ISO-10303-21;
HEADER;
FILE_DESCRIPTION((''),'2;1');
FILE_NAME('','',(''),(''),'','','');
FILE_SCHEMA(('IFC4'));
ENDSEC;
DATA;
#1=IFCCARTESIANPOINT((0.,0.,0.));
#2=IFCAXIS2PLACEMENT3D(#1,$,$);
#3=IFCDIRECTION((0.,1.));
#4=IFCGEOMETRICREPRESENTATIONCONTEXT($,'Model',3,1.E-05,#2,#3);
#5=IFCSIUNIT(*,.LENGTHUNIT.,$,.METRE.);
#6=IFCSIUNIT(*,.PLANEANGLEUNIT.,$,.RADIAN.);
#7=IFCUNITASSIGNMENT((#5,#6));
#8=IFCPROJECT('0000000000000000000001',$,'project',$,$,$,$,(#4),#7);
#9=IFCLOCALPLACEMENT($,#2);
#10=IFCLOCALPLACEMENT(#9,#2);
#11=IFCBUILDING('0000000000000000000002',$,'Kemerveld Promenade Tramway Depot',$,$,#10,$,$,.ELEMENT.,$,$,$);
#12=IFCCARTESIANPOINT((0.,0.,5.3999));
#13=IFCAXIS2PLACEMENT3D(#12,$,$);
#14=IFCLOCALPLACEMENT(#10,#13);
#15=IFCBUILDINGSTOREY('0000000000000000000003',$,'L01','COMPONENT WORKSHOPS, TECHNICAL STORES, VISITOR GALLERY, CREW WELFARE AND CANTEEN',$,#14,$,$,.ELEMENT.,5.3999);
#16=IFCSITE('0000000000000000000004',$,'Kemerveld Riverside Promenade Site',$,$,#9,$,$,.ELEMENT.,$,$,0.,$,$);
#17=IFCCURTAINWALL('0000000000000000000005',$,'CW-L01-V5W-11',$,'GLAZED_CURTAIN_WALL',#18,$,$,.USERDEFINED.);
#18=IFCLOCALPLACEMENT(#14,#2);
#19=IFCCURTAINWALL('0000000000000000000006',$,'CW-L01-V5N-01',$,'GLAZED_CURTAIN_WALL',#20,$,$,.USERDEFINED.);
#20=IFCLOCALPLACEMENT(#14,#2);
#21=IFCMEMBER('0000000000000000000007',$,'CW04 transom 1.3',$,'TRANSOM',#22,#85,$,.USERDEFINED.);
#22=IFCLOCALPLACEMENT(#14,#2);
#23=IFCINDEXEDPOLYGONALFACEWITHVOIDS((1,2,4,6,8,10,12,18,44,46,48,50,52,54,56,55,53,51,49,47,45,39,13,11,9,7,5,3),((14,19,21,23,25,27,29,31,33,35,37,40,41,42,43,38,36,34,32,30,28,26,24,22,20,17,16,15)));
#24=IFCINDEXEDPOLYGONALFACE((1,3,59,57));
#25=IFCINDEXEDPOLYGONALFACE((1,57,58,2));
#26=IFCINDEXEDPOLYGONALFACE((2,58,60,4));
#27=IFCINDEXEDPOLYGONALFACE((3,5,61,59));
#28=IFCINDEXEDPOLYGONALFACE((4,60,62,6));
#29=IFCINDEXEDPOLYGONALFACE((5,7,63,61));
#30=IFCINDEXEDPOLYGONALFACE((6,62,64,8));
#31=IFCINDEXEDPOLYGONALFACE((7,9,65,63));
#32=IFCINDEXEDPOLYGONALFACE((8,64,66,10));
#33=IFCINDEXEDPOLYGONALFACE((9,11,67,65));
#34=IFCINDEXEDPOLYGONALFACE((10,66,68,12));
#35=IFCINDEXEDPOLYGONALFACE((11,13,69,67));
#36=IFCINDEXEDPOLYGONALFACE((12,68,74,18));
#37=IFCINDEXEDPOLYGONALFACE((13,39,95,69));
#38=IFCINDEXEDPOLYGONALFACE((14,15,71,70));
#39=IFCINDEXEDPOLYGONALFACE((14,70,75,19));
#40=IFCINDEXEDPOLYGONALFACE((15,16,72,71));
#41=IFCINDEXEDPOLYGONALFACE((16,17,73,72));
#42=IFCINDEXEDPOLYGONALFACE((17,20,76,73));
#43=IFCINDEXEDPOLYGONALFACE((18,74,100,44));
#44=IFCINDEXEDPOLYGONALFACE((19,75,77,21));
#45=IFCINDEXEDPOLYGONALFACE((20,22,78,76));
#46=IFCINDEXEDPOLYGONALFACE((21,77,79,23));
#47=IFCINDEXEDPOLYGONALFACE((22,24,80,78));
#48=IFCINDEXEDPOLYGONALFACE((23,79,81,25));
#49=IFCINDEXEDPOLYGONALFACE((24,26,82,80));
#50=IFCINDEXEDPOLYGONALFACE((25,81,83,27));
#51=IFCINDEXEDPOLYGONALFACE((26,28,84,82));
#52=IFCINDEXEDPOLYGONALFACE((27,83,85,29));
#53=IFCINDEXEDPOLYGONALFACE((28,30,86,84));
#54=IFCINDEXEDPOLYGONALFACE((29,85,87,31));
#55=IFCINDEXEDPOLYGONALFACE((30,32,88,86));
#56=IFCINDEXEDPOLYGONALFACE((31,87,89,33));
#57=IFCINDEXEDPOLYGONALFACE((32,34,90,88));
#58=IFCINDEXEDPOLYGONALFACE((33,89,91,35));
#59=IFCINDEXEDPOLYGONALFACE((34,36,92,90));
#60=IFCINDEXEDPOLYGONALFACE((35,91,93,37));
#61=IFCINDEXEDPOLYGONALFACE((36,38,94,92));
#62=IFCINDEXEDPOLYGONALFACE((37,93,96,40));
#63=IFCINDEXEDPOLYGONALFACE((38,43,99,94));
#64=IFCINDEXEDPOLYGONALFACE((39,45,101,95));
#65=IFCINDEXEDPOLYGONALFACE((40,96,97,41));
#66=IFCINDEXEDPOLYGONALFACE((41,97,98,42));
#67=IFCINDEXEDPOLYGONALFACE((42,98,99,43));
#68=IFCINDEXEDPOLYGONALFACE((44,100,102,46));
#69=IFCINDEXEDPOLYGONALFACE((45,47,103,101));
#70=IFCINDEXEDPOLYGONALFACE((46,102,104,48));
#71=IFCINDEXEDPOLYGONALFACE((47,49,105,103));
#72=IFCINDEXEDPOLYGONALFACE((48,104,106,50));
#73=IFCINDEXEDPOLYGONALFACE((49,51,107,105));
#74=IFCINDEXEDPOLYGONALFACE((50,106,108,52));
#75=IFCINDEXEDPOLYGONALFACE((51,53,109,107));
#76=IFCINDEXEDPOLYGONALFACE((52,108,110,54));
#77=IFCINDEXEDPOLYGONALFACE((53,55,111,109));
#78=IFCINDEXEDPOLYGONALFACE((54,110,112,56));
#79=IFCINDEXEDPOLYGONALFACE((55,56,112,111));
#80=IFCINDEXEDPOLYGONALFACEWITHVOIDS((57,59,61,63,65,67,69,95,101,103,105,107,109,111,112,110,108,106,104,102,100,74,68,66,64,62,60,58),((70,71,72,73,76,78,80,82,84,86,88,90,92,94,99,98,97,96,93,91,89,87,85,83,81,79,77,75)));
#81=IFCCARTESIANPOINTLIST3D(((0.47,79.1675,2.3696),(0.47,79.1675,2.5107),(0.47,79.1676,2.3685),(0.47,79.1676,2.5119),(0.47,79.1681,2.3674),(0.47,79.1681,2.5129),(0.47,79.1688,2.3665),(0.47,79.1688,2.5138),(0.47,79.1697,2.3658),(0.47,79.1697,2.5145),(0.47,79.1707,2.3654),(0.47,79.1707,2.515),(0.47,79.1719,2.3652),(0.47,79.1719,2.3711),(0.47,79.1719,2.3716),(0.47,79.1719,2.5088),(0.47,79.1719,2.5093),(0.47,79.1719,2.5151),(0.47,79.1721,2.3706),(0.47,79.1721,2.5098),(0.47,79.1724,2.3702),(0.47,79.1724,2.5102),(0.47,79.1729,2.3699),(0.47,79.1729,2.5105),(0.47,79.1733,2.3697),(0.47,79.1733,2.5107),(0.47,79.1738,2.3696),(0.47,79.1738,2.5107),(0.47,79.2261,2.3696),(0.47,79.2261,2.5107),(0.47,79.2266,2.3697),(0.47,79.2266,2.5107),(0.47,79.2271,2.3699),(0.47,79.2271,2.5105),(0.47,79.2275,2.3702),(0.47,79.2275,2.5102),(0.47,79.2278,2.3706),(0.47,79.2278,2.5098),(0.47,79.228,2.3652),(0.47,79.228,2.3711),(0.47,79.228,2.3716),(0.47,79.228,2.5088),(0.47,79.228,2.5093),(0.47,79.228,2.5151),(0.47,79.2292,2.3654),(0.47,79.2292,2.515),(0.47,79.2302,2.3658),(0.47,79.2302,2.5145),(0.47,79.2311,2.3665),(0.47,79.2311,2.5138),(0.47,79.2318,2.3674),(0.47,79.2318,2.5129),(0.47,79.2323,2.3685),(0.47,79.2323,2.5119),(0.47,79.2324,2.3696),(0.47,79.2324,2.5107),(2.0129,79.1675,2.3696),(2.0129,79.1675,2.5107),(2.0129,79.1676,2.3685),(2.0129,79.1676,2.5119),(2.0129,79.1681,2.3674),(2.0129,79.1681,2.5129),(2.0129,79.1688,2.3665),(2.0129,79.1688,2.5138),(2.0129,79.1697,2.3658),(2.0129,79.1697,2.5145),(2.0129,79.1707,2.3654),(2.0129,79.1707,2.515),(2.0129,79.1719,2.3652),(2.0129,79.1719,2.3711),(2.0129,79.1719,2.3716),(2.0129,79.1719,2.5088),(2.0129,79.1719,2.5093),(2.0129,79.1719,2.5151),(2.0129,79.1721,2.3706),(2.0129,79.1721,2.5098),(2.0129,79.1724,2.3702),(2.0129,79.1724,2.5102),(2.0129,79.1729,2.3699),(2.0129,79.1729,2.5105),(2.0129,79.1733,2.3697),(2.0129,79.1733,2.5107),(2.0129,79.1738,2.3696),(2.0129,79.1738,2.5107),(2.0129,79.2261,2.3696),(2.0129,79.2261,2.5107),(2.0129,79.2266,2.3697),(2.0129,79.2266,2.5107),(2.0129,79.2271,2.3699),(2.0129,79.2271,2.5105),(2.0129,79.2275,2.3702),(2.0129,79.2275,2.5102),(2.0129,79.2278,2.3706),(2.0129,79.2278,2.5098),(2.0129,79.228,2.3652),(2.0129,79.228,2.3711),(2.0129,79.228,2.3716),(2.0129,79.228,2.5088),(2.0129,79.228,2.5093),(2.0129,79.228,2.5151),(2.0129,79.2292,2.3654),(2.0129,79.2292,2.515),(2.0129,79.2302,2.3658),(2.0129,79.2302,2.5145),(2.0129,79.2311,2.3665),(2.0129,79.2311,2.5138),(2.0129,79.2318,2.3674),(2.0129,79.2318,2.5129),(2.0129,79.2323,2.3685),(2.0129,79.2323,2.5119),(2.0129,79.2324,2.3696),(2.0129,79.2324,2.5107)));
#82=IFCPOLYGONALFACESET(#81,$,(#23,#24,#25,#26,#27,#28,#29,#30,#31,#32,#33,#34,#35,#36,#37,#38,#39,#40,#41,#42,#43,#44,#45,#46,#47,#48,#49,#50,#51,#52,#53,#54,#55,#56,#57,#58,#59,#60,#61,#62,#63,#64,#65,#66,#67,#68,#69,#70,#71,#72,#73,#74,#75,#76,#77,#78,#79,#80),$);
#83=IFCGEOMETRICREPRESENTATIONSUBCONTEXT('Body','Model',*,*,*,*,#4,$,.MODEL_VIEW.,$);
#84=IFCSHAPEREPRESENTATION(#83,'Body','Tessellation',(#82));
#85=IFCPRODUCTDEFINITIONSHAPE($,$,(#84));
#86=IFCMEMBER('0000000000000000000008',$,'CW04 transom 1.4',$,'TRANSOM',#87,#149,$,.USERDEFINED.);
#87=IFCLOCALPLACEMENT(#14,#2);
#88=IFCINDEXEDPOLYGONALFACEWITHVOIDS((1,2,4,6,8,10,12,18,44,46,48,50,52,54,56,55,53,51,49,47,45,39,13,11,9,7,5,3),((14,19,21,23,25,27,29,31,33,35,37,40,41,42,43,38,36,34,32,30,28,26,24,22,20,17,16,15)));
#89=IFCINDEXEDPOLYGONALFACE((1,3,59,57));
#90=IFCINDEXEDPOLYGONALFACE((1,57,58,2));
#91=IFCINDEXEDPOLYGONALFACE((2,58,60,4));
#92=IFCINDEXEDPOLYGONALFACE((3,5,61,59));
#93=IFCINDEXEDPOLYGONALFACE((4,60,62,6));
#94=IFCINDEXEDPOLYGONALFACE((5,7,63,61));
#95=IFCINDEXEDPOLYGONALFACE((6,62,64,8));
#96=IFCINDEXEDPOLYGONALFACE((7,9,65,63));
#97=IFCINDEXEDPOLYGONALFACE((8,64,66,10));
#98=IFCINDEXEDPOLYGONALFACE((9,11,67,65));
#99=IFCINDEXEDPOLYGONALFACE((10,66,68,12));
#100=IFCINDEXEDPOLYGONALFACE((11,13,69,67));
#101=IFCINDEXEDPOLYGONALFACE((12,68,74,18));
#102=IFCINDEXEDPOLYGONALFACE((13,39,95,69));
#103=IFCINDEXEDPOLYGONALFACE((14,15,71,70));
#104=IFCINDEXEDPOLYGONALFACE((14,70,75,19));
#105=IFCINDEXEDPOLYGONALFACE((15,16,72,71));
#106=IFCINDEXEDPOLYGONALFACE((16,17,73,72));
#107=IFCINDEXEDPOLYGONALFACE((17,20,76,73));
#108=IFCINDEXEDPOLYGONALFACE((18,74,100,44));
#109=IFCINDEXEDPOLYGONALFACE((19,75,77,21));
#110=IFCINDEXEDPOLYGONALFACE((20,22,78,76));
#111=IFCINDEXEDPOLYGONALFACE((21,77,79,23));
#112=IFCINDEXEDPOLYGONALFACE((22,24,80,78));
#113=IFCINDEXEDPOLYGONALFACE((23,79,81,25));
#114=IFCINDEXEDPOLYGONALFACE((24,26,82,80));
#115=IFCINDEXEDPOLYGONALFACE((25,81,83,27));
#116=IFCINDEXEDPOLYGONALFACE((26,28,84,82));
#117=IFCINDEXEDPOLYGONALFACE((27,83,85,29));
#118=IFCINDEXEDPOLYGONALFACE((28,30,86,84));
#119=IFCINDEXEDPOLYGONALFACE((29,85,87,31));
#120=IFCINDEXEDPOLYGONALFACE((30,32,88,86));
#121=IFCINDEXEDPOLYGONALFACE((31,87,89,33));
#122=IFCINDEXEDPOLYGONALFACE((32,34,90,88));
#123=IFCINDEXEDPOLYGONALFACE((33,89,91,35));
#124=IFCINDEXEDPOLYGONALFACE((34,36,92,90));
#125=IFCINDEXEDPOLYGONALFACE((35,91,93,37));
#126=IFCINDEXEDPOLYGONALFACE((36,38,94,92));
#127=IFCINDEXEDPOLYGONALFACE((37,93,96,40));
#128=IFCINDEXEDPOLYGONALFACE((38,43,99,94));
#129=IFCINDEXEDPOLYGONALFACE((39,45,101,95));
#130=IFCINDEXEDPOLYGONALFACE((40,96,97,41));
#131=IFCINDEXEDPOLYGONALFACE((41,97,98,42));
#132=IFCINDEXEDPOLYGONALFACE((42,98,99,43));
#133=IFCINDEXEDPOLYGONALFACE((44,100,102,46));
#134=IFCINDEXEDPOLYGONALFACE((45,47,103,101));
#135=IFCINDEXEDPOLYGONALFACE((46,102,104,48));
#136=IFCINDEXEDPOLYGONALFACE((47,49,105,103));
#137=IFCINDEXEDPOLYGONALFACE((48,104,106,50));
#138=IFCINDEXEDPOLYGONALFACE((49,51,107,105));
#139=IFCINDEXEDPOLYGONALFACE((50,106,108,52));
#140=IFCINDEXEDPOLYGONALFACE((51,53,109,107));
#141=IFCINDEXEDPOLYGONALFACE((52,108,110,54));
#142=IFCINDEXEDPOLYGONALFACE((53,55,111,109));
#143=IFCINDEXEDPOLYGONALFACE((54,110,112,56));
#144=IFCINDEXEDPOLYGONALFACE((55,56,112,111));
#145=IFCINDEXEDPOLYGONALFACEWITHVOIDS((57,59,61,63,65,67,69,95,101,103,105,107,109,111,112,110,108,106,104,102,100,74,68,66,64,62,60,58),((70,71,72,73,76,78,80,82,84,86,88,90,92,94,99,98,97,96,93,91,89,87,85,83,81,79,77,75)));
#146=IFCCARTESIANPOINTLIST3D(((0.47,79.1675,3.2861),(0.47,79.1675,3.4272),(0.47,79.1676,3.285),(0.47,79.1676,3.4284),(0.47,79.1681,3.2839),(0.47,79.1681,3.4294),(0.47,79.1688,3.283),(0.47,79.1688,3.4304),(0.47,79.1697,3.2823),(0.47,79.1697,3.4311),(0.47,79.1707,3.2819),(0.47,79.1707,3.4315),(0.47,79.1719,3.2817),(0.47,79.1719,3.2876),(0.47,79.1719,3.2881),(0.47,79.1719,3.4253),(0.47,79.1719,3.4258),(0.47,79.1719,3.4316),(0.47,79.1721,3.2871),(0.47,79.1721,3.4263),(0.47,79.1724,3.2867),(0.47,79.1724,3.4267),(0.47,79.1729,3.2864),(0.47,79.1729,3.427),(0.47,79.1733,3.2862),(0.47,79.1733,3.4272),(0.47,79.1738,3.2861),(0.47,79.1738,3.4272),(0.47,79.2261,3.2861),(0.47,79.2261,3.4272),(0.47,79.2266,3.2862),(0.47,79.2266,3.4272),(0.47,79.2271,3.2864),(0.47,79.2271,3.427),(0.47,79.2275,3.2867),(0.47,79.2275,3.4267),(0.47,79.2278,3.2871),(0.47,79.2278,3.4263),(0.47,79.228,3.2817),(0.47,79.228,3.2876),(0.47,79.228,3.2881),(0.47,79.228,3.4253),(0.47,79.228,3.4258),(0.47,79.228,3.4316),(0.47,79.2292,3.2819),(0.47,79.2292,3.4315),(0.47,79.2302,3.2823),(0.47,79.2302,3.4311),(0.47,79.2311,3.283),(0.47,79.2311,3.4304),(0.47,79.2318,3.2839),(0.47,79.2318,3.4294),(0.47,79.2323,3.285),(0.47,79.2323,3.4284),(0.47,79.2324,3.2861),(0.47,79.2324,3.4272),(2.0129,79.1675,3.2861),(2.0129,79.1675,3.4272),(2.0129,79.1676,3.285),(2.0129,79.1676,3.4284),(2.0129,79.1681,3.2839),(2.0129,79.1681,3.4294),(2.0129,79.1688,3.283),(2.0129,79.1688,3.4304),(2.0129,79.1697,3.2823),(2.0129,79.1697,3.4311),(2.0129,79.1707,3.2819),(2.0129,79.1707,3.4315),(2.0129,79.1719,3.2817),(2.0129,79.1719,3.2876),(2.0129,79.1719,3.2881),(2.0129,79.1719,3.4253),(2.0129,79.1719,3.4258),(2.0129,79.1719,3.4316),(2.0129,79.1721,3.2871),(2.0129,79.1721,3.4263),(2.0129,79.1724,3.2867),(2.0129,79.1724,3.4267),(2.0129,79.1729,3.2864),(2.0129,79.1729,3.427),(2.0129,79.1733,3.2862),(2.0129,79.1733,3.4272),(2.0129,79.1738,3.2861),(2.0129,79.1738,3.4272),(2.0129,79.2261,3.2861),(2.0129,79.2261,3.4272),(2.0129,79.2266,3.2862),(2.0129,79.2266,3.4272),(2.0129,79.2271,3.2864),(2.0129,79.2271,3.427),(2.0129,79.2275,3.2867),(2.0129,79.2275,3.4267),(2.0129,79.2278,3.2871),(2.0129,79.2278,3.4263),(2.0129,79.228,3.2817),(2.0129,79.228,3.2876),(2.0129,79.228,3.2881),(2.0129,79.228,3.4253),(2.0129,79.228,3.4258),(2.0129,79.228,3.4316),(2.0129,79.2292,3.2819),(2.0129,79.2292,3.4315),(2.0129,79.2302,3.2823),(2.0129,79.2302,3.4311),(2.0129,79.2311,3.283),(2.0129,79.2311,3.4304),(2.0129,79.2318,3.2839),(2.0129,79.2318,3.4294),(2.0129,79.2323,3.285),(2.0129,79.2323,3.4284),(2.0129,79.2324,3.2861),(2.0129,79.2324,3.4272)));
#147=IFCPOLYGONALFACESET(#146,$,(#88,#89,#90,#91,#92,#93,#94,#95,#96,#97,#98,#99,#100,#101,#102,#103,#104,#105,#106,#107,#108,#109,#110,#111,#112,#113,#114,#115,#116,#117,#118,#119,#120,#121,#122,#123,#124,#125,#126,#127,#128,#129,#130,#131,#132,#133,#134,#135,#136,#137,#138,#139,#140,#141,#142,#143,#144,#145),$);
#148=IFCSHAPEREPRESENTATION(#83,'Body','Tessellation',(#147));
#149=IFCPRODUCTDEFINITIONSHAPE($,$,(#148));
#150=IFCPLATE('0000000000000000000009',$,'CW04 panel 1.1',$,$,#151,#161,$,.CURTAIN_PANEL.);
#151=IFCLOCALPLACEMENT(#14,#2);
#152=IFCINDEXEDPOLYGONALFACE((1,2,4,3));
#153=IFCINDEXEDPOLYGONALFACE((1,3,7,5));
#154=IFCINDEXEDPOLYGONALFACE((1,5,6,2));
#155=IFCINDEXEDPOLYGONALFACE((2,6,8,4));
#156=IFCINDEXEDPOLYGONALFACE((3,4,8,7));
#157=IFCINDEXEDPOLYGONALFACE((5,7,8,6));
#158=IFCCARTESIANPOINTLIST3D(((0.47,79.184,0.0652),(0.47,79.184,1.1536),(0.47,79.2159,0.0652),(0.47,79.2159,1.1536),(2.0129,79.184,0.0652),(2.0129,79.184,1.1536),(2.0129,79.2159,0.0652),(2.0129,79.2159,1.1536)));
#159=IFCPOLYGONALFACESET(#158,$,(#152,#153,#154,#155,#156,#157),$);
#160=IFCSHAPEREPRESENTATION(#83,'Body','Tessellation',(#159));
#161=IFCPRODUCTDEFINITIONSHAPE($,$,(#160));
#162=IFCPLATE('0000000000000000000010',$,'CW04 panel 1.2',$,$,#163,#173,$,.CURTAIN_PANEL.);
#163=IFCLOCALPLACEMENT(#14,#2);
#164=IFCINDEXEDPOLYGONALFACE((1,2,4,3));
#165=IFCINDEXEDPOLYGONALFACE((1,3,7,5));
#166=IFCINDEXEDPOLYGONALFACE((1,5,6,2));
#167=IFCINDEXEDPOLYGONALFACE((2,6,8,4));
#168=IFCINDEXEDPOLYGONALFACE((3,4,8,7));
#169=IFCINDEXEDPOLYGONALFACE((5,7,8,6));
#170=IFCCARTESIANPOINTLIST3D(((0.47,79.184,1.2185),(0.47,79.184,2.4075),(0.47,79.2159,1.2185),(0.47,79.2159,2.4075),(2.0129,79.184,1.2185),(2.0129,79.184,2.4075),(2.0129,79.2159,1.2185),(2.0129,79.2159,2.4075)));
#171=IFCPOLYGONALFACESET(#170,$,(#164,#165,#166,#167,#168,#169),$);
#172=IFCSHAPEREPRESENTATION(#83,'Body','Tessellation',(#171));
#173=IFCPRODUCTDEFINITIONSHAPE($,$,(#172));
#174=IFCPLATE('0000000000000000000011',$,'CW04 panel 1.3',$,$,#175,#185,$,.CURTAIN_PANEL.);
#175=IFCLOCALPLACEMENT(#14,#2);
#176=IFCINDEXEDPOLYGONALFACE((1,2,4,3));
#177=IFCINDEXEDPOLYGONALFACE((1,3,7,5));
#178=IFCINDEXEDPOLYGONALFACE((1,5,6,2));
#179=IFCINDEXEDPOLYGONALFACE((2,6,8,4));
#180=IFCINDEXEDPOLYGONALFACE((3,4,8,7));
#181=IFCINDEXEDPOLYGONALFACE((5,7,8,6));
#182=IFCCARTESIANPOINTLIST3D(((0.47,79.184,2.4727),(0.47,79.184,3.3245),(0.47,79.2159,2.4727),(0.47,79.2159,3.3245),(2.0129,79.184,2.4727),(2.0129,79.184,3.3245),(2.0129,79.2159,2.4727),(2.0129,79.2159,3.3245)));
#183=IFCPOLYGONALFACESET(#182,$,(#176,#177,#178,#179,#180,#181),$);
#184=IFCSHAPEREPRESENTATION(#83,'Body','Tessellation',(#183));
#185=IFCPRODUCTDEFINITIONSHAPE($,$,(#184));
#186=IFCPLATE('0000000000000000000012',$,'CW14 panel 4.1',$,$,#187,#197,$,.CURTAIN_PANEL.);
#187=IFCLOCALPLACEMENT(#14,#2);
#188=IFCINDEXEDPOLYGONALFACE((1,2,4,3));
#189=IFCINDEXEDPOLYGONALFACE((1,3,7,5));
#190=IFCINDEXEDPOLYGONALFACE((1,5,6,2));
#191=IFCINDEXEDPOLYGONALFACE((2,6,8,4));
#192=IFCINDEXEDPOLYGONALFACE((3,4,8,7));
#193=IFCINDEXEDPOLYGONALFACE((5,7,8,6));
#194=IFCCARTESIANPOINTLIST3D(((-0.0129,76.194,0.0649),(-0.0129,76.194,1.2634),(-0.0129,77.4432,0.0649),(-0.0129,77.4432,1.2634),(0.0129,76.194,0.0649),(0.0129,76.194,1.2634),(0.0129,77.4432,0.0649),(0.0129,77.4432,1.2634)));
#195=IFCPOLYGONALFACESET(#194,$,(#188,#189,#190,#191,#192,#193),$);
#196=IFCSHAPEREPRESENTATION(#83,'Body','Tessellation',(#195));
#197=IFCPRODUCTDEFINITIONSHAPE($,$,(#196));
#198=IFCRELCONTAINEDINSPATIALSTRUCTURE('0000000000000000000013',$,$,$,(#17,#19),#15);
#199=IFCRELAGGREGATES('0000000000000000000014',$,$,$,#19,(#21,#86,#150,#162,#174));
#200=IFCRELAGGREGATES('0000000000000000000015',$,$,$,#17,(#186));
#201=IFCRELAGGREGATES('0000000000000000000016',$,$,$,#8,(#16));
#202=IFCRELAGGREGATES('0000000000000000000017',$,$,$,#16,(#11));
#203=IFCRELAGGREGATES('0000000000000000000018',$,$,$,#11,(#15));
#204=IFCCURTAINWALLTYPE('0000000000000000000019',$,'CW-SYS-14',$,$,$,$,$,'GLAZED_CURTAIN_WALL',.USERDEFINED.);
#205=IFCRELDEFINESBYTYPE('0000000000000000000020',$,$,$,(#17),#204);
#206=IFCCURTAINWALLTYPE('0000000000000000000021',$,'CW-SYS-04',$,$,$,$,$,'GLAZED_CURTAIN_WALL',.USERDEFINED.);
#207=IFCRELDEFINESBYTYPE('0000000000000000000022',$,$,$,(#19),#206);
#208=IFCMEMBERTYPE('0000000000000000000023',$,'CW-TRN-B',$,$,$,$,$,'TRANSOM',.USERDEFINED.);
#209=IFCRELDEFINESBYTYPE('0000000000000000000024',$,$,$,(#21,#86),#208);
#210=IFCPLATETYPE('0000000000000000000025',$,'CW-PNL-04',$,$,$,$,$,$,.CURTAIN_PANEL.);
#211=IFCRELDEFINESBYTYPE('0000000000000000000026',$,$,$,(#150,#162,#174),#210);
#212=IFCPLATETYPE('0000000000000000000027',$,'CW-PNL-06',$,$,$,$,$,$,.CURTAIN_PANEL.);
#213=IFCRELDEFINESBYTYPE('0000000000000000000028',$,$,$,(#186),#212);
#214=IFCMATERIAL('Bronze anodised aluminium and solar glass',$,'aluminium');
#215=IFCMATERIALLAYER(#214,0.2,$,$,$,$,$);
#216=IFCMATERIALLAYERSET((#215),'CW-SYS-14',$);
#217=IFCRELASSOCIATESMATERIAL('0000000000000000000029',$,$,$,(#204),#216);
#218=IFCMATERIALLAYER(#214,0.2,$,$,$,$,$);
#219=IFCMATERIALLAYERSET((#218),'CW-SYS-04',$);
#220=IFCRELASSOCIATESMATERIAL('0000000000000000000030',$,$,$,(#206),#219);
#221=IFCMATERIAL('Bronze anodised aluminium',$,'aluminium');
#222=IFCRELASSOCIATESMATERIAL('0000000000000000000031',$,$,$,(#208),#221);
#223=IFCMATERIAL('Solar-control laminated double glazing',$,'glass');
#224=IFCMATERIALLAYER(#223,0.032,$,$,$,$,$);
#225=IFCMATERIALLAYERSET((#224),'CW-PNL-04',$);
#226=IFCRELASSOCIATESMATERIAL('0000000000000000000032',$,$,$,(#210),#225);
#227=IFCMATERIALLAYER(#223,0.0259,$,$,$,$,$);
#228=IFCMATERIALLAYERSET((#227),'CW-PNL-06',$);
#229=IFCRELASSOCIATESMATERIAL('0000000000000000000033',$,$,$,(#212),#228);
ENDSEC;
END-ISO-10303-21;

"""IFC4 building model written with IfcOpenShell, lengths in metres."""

from ifc_helpers import new_model, si_unit, direction, frame, origin, origin_2d, place, context, subcontext, project, spatial, rectangle, hollow_rectangle, extrude, material, layer, layer_set, material_profile, profile_set, type_object, element, aggregate, save


model = new_model("IFC4")

# Units and contexts
model_context = context("Model", 3, precision=1e-05, world=origin(), true_north=direction((0.0, 1.0)))
body_context = subcontext(model_context, "Body", "Model", "MODEL_VIEW")
ifc_project = project(units=[si_unit("LENGTHUNIT", "METRE"), si_unit("PLANEANGLEUNIT", "RADIAN")], contexts=[model_context])

# Site, building, storey
site_placement = place(None, origin())
site = spatial("IfcSite", under=ifc_project, at=site_placement, Name="Kemerveld Riverside Promenade Site", CompositionType="ELEMENT", RefElevation=0.0)
building_placement = place(site_placement, origin())
building = spatial("IfcBuilding", under=site, at=building_placement, Name="Kemerveld Promenade Tramway Depot", CompositionType="ELEMENT")
storey_placement = place(building_placement, frame((0.0, 0.0, 5.3999)))
storey = spatial("IfcBuildingStorey", under=building, at=storey_placement, Name="L01", Description="COMPONENT WORKSHOPS, TECHNICAL STORES, VISITOR GALLERY, CREW WELFARE AND CANTEEN", CompositionType="ELEMENT", Elevation=5.3999)

# Curtain walls
ifc_material_1 = material(Name="Bronze anodised aluminium and solar glass", Category="aluminium")
ifc_layer_1 = layer(ifc_material_1, 0.2)
ifc_layer_set_1 = layer_set([ifc_layer_1], Name="CW-SYS-14")
curtain_wall_type_1 = type_object("IfcCurtainWallType", Name="CW-SYS-14", ElementType="GLAZED_CURTAIN_WALL", PredefinedType="USERDEFINED", material=ifc_layer_set_1)
curtain_wall_1_placement = place(storey_placement, origin())
curtain_wall_1 = element("IfcCurtainWall", 1, at=curtain_wall_1_placement, inside=storey, type_object=curtain_wall_type_1, Name="CW-L01-V5W-11", ObjectType="GLAZED_CURTAIN_WALL", PredefinedType="USERDEFINED")
ifc_material_2 = material(Name="Bronze anodised aluminium", Category="aluminium")
ifc_layer_2 = layer(ifc_material_1, 0.2)
ifc_layer_set_2 = layer_set([ifc_layer_2], Name="CW-SYS-04")
curtain_wall_type_2 = type_object("IfcCurtainWallType", Name="CW-SYS-04", ElementType="GLAZED_CURTAIN_WALL", PredefinedType="USERDEFINED", material=ifc_layer_set_2)
curtain_wall_2_placement = place(storey_placement, origin())
curtain_wall_2 = element("IfcCurtainWall", 2, at=curtain_wall_2_placement, inside=storey, type_object=curtain_wall_type_2, Name="CW-L01-V5N-01", ObjectType="GLAZED_CURTAIN_WALL", PredefinedType="USERDEFINED")

# Members
ifc_material_profile_1 = material_profile(ifc_material_2, hollow_rectangle(XDim=0.0649, YDim=0.1499, WallThickness=0.0044, InnerFilletRadius=0.002, OuterFilletRadius=0.0044, at=origin_2d()), Name="CW-TRN-150x65")
ifc_profile_set_1 = profile_set([ifc_material_profile_1], Name="Bronze anodised aluminium")
member_type_1 = type_object("IfcMemberType", Name="CW-TRN-B", ElementType="TRANSOM", PredefinedType="USERDEFINED", material=ifc_profile_set_1)
member_1_placement = place(storey_placement, frame((0.47, 79.2, 2.4402), z_axis=(1.0, 0.0, 0.0), x_axis=(0.0, 1.0, 0.0)))
member_1 = element("IfcMember", 3, at=member_1_placement, type_object=member_type_1, Name="CW04 transom 1.3", ObjectType="TRANSOM", PredefinedType="USERDEFINED", context=body_context, shape_type="SweptSolid", body=[
    extrude(hollow_rectangle(XDim=0.0649, YDim=0.1499, WallThickness=0.0044, InnerFilletRadius=0.002, OuterFilletRadius=0.0044, at=origin_2d()), origin(), (0.0, 0.0, 1.0), 1.543),
])
member_2_placement = place(storey_placement, frame((0.47, 79.2, 3.3567), z_axis=(1.0, 0.0, 0.0), x_axis=(0.0, 1.0, 0.0)))
member_2 = element("IfcMember", 4, at=member_2_placement, type_object=member_type_1, Name="CW04 transom 1.4", ObjectType="TRANSOM", PredefinedType="USERDEFINED", context=body_context, shape_type="SweptSolid", body=[
    extrude(hollow_rectangle(XDim=0.0649, YDim=0.1499, WallThickness=0.0044, InnerFilletRadius=0.002, OuterFilletRadius=0.0044, at=origin_2d()), origin(), (0.0, 0.0, 1.0), 1.543),
])

# Plates
ifc_material_3 = material(Name="Solar-control laminated double glazing", Category="glass")
ifc_layer_3 = layer(ifc_material_3, 0.032)
ifc_layer_set_3 = layer_set([ifc_layer_3], Name="CW-PNL-04")
plate_type_1 = type_object("IfcPlateType", Name="CW-PNL-04", PredefinedType="CURTAIN_PANEL", material=ifc_layer_set_3)
plate_1_placement = place(storey_placement, frame((1.2415, 79.2, 0.0652), z_axis=(0.0, 0.0, 1.0), x_axis=(1.0, 0.0, 0.0)))
plate_1 = element("IfcPlate", 5, at=plate_1_placement, type_object=plate_type_1, Name="CW04 panel 1.1", PredefinedType="CURTAIN_PANEL", context=body_context, shape_type="SweptSolid", body=[
    extrude(rectangle(XDim=1.543, YDim=0.032, at=origin_2d()), origin(), (0.0, 0.0, 1.0), 1.0884),
])
plate_2_placement = place(storey_placement, frame((1.2415, 79.2, 1.2185), z_axis=(0.0, 0.0, 1.0), x_axis=(1.0, 0.0, 0.0)))
plate_2 = element("IfcPlate", 6, at=plate_2_placement, type_object=plate_type_1, Name="CW04 panel 1.2", PredefinedType="CURTAIN_PANEL", context=body_context, shape_type="SweptSolid", body=[
    extrude(rectangle(XDim=1.543, YDim=0.032, at=origin_2d()), origin(), (0.0, 0.0, 1.0), 1.189),
])
plate_3_placement = place(storey_placement, frame((1.2415, 79.2, 2.4727), z_axis=(0.0, 0.0, 1.0), x_axis=(1.0, 0.0, 0.0)))
plate_3 = element("IfcPlate", 7, at=plate_3_placement, type_object=plate_type_1, Name="CW04 panel 1.3", PredefinedType="CURTAIN_PANEL", context=body_context, shape_type="SweptSolid", body=[
    extrude(rectangle(XDim=1.543, YDim=0.032, at=origin_2d()), origin(), (0.0, 0.0, 1.0), 0.8518),
])
aggregate(curtain_wall_2, [member_1, member_2, plate_1, plate_2, plate_3])
ifc_layer_4 = layer(ifc_material_3, 0.0259)
ifc_layer_set_4 = layer_set([ifc_layer_4], Name="CW-PNL-06")
plate_type_2 = type_object("IfcPlateType", Name="CW-PNL-06", PredefinedType="CURTAIN_PANEL", material=ifc_layer_set_4)
plate_4_placement = place(storey_placement, frame((0.0, 76.8186, 0.0649), z_axis=(0.0, 0.0, 1.0), x_axis=(0.0, 1.0, 0.0)))
plate_4 = element("IfcPlate", 8, at=plate_4_placement, type_object=plate_type_2, Name="CW14 panel 4.1", PredefinedType="CURTAIN_PANEL", context=body_context, shape_type="SweptSolid", body=[
    extrude(rectangle(XDim=1.2493, YDim=0.0259, at=origin_2d()), origin(), (0.0, 0.0, 1.0), 1.1985),
])
aggregate(curtain_wall_1, [plate_4])

save(model, "model.ifc")
